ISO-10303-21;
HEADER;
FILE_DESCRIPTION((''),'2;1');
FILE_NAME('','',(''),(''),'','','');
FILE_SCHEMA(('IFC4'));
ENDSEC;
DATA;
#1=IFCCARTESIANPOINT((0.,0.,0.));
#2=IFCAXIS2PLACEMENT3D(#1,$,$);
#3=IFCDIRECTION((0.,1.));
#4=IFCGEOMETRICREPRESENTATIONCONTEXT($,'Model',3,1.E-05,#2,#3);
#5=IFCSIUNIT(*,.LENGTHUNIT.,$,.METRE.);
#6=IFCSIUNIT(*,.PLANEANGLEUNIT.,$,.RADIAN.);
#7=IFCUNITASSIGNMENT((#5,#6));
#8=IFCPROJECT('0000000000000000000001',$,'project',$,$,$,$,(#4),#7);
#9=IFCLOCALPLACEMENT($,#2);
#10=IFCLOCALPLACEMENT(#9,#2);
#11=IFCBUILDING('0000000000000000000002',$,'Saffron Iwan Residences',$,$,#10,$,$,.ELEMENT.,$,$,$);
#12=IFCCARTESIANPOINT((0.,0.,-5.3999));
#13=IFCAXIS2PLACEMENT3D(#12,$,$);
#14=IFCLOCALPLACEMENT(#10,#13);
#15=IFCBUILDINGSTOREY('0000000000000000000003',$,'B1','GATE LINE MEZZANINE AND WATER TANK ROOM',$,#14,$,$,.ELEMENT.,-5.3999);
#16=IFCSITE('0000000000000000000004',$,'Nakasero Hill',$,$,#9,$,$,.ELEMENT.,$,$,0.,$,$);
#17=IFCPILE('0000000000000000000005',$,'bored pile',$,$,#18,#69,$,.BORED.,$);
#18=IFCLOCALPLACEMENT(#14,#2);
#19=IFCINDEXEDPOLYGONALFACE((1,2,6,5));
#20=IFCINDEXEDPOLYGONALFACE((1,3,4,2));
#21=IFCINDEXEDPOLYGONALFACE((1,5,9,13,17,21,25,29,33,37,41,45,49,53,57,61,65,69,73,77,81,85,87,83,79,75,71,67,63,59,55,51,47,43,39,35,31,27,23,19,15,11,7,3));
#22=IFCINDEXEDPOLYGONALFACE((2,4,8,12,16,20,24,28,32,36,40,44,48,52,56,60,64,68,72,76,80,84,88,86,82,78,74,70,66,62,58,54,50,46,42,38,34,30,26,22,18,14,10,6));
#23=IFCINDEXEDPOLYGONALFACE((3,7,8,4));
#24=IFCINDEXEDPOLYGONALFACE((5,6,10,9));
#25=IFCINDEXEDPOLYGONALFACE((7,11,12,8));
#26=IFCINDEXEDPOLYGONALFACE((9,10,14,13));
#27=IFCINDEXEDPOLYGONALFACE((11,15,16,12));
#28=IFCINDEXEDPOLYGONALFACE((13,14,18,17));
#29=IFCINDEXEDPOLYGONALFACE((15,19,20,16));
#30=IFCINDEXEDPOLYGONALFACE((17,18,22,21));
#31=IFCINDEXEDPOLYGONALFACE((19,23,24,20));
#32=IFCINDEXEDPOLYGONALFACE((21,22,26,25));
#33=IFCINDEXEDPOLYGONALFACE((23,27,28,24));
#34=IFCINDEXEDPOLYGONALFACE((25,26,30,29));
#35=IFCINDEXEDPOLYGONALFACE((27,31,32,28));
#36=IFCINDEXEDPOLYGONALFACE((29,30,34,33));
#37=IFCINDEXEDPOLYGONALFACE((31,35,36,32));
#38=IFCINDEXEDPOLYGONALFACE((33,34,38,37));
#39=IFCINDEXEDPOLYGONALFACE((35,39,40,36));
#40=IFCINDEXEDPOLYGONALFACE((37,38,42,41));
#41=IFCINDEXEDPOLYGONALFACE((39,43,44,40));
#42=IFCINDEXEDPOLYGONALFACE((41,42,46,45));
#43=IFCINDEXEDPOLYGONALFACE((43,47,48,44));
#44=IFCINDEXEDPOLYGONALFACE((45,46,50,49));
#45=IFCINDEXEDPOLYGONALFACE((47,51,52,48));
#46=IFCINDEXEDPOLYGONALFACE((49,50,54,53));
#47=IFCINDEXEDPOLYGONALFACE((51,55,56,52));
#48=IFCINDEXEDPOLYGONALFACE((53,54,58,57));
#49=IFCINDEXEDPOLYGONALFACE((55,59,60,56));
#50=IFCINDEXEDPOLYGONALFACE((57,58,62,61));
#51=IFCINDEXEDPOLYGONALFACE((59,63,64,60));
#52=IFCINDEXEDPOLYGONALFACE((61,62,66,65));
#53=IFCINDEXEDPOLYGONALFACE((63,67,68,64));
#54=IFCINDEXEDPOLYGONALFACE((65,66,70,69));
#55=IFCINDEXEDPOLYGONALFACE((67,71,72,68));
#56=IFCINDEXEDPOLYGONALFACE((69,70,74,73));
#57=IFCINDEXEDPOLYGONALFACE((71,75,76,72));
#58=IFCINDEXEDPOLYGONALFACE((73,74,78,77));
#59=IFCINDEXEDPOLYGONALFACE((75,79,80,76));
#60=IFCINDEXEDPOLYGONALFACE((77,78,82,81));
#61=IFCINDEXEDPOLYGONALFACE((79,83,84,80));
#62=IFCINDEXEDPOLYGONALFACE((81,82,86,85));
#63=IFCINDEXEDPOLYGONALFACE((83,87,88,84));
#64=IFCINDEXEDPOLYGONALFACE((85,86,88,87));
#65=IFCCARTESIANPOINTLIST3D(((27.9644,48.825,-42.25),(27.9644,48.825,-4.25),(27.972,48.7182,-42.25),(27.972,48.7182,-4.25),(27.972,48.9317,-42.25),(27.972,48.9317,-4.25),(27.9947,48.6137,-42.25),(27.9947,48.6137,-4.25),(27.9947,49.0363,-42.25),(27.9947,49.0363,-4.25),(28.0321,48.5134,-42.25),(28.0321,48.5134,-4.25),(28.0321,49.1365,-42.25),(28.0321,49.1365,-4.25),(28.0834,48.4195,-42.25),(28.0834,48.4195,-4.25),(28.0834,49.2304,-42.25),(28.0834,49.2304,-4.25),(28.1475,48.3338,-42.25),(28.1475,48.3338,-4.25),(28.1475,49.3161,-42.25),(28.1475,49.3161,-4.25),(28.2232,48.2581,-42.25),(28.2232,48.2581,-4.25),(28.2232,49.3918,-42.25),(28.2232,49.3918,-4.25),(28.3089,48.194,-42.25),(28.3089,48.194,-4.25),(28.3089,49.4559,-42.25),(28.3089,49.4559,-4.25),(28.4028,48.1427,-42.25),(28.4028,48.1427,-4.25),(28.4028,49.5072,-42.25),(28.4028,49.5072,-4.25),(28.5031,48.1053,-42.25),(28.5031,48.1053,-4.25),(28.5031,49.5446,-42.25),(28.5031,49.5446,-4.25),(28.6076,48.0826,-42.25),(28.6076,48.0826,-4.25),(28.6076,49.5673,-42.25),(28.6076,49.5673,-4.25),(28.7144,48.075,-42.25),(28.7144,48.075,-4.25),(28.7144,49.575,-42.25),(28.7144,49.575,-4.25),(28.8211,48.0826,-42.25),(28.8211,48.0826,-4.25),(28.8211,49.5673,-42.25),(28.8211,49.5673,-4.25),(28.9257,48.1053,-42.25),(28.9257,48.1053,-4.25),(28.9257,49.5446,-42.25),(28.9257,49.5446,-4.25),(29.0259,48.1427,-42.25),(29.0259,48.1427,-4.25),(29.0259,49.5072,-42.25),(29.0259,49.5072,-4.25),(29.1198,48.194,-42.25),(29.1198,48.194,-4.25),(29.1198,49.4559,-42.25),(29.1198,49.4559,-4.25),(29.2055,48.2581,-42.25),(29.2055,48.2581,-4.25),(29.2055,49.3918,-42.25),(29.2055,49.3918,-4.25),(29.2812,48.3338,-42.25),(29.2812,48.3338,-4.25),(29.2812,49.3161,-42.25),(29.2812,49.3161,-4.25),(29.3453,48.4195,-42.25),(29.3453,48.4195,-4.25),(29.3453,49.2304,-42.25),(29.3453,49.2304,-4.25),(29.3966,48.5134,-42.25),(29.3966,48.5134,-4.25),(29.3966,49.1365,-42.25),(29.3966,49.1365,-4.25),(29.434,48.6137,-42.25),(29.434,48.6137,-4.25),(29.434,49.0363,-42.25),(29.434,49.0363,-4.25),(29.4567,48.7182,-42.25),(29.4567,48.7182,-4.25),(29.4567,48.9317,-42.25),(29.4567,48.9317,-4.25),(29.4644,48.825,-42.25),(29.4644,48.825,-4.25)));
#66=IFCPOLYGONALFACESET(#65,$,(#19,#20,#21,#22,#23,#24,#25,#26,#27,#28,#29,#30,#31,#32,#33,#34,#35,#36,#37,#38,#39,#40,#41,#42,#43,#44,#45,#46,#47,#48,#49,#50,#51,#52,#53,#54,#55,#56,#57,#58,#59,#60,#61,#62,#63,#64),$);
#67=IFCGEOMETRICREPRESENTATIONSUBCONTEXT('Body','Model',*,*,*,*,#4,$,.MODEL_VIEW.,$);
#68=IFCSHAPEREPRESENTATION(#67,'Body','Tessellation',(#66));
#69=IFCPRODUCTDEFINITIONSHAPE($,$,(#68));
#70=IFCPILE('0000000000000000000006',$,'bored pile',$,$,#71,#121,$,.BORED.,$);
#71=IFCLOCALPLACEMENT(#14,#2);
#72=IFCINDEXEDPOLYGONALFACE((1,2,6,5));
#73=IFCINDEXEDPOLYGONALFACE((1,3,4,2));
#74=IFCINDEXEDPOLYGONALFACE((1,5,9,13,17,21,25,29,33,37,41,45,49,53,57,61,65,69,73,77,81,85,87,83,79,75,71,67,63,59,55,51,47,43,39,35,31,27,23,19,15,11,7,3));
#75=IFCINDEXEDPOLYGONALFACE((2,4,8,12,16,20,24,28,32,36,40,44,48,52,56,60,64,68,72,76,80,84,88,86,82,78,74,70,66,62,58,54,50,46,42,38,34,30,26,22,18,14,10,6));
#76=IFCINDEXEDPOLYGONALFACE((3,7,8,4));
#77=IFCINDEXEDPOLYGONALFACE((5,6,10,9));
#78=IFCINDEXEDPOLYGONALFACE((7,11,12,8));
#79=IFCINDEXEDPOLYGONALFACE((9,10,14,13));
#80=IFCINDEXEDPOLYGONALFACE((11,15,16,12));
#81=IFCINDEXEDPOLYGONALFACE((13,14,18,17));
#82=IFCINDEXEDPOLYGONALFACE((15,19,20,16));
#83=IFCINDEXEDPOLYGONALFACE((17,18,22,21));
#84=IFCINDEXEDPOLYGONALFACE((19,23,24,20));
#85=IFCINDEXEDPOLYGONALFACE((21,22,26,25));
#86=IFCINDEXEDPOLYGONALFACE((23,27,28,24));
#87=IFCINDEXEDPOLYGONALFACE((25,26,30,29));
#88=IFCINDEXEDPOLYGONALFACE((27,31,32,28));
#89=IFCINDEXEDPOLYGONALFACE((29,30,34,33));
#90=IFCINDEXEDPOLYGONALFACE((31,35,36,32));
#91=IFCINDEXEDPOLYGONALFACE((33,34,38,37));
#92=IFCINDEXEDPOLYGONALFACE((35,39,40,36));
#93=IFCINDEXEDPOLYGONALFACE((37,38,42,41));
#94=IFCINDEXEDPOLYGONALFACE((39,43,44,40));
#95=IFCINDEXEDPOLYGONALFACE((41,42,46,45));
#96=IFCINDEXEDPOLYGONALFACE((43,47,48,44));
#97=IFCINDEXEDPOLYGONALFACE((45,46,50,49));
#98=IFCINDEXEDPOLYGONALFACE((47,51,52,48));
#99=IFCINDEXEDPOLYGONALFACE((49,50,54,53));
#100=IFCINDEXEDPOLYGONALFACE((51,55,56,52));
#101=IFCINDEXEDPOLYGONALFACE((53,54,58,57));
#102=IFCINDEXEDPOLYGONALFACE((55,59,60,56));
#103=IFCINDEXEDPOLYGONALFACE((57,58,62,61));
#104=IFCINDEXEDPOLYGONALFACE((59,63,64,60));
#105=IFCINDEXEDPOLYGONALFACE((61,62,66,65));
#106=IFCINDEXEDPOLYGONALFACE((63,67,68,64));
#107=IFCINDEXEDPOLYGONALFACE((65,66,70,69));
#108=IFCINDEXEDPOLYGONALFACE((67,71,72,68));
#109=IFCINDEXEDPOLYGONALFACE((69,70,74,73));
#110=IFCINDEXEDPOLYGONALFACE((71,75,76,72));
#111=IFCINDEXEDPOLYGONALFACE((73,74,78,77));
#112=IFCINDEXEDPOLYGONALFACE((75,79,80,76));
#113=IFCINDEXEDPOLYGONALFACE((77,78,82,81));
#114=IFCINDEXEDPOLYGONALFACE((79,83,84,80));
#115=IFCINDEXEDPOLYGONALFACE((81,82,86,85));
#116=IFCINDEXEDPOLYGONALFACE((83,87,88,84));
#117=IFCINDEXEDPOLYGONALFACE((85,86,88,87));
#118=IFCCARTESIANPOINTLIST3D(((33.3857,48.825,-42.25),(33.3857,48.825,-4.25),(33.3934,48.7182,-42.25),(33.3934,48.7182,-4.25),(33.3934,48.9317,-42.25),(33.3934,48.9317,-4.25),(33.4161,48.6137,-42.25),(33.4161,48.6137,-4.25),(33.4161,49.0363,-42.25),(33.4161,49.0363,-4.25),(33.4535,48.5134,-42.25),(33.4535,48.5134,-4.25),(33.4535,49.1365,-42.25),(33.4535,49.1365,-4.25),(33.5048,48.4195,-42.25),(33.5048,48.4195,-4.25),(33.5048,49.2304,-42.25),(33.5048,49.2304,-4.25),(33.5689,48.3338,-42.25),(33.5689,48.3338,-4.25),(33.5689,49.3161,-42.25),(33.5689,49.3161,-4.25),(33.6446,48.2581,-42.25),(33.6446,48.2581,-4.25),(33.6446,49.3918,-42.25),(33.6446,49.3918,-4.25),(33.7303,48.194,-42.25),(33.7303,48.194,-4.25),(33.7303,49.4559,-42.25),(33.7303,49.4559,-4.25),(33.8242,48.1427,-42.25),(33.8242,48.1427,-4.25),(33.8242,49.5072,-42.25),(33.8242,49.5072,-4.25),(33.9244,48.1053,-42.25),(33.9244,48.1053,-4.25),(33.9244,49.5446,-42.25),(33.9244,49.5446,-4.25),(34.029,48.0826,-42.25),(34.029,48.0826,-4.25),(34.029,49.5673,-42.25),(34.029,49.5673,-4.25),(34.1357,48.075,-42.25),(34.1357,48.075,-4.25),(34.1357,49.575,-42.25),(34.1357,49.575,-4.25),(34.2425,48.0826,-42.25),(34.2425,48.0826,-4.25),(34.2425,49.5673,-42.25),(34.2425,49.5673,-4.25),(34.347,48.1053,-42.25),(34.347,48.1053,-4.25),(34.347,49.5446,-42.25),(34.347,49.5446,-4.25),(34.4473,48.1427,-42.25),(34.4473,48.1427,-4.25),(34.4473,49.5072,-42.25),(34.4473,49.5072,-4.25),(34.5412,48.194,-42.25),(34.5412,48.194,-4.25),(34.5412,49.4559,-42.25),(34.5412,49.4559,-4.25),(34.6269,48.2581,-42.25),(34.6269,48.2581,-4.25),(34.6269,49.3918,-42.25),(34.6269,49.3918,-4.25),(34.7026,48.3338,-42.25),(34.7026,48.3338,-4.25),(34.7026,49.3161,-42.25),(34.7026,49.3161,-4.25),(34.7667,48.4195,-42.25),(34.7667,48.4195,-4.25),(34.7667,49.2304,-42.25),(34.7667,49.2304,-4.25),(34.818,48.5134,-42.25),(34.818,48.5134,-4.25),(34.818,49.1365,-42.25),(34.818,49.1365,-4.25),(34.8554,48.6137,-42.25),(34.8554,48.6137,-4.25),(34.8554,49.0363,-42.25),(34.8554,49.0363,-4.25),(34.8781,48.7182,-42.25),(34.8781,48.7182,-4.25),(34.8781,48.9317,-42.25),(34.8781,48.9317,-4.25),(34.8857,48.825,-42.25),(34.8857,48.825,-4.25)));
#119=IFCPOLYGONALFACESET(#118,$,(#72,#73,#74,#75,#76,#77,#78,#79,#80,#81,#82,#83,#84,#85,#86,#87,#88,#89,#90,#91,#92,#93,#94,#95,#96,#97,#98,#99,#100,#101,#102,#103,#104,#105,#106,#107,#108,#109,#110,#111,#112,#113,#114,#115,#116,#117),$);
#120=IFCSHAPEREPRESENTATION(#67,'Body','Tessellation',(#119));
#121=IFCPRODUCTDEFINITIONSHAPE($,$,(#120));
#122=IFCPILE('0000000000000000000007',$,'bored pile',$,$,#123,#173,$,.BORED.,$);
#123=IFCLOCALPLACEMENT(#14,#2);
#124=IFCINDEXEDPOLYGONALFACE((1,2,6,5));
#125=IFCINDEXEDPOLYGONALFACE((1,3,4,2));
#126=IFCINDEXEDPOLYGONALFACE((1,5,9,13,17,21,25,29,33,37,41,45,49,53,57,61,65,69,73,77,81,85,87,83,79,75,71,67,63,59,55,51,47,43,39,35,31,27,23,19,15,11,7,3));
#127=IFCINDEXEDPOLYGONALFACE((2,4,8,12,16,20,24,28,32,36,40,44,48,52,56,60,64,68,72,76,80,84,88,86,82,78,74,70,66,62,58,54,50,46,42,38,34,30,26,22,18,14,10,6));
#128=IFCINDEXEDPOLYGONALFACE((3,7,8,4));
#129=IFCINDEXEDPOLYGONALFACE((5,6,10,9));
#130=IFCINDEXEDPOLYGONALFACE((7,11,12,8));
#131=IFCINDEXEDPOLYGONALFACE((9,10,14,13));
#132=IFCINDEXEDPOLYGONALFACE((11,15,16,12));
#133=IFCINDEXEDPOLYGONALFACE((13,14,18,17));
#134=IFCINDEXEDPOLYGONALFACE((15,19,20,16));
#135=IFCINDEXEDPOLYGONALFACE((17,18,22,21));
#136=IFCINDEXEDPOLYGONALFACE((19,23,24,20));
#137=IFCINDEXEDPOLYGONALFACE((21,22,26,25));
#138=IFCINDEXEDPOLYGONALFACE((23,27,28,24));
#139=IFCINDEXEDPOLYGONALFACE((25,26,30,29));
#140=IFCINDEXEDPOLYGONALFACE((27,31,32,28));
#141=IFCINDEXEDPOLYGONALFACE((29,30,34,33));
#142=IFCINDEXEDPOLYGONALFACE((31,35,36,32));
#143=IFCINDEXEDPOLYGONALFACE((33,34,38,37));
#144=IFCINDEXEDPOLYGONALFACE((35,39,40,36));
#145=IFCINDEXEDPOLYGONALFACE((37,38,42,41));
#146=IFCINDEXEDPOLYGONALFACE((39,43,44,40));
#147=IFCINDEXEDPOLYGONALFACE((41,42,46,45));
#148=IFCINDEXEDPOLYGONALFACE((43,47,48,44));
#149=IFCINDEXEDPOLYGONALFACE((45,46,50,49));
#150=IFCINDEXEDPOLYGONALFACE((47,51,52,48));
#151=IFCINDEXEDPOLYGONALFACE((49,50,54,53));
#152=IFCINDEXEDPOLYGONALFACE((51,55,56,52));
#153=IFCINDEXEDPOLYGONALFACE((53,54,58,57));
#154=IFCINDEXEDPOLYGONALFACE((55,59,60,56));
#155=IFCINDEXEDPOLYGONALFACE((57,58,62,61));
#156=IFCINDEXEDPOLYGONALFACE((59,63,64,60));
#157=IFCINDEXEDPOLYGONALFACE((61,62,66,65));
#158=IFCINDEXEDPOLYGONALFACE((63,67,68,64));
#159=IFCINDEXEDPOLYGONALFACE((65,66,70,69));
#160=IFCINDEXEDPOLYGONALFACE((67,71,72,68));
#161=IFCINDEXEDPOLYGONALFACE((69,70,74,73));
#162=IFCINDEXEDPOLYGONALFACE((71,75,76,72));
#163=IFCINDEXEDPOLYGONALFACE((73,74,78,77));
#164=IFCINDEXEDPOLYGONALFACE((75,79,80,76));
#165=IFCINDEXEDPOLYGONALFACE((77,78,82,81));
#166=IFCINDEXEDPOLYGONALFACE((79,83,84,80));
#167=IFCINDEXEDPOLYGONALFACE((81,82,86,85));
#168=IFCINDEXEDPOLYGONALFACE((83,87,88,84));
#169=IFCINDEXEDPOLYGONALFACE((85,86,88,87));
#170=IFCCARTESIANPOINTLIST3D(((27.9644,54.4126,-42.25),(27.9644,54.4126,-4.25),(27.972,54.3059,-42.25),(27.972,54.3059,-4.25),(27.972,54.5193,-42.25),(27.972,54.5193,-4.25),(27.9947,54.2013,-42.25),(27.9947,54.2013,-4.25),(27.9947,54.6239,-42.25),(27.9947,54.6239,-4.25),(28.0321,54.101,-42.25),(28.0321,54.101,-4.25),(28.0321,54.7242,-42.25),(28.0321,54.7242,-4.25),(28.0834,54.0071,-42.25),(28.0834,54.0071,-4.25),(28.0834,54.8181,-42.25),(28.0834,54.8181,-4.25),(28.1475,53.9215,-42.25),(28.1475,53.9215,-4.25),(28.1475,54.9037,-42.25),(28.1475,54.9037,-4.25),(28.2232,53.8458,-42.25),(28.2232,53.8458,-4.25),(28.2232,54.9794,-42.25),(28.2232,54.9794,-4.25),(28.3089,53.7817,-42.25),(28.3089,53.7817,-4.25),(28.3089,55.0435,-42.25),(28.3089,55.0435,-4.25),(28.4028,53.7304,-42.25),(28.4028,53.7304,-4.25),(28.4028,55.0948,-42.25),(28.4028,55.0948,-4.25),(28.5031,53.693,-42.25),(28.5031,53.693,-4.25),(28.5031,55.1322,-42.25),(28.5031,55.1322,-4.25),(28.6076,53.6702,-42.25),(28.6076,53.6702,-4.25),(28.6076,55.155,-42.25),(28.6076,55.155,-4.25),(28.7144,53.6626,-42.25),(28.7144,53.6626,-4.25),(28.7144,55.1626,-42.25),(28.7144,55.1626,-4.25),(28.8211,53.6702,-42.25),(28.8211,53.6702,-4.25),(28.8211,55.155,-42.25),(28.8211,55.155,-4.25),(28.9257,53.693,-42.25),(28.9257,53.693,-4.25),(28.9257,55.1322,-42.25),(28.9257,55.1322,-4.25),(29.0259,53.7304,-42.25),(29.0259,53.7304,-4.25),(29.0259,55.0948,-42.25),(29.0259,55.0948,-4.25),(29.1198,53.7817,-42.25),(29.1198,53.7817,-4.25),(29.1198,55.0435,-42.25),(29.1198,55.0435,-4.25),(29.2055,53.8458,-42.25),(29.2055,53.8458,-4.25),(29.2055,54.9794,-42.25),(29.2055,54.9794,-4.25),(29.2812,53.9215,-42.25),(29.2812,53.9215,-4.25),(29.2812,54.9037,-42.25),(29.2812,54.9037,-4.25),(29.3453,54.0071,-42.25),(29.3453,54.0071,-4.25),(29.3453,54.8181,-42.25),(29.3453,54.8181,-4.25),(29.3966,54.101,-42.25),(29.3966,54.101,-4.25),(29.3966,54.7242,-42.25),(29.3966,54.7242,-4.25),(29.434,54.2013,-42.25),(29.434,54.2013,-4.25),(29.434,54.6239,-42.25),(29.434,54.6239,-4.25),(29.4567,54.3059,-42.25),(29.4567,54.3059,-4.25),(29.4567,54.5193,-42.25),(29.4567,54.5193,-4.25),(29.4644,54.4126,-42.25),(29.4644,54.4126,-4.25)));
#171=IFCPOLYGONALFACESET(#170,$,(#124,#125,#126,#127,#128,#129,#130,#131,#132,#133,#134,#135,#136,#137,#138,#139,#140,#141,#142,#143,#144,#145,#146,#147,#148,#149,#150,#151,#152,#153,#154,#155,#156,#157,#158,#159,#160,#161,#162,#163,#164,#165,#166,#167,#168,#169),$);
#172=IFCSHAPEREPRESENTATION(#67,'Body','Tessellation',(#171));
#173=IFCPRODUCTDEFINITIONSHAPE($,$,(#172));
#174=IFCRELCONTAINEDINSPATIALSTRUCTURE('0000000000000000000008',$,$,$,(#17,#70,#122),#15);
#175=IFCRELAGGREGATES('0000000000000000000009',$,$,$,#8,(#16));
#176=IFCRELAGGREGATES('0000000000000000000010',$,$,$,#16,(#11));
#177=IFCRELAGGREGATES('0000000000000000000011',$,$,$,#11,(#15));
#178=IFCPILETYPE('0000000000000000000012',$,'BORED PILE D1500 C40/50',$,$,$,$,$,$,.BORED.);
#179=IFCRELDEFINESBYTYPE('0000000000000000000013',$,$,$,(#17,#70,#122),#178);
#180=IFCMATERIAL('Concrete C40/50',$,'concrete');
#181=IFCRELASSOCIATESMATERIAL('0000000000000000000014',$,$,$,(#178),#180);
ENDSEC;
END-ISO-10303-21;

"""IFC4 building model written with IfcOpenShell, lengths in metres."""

from ifc_helpers import new_model, si_unit, direction, frame, origin, origin_2d, place, context, subcontext, project, spatial, circle, extrude, material, material_profile, profile_set, type_object, element, save


model = new_model("IFC4")

# Units and contexts
model_context = context("Model", 3, precision=1e-05, world=origin(), true_north=direction((0.0, 1.0)))
body_context = subcontext(model_context, "Body", "Model", "MODEL_VIEW")
ifc_project = project(units=[si_unit("LENGTHUNIT", "METRE"), si_unit("PLANEANGLEUNIT", "RADIAN")], contexts=[model_context])

# Site, building, storey
site_placement = place(None, origin())
site = spatial("IfcSite", under=ifc_project, at=site_placement, Name="Nakasero Hill", CompositionType="ELEMENT", RefElevation=0.0)
building_placement = place(site_placement, origin())
building = spatial("IfcBuilding", under=site, at=building_placement, Name="Saffron Iwan Residences", CompositionType="ELEMENT")
storey_placement = place(building_placement, frame((0.0, 0.0, -5.3999)))
storey = spatial("IfcBuildingStorey", under=building, at=storey_placement, Name="B1", Description="GATE LINE MEZZANINE AND WATER TANK ROOM", CompositionType="ELEMENT", Elevation=-5.3999)

# Piles
ifc_material_1 = material(Name="Concrete C40/50", Category="concrete")
ifc_material_profile = material_profile(ifc_material_1, circle(Radius=0.75, at=origin_2d()), Name="RC D1500")
ifc_profile_set = profile_set([ifc_material_profile], Name="Concrete C40/50")
pile_type = type_object("IfcPileType", Name="BORED PILE D1500 C40/50", PredefinedType="BORED", material=ifc_profile_set)
for number, where, z_axis, x_axis, name in (
    (1, (28.7144, 48.825, -4.25), (0.0, 0.0, -1.0), (1.0, 0.0, 0.0), "bored pile"),
    (2, (34.1357, 48.825, -4.25), (0.0, 0.0, -1.0), (1.0, 0.0, 0.0), "bored pile"),
    (3, (28.7144, 54.4126, -4.25), (0.0, 0.0, -1.0), (1.0, 0.0, 0.0), "bored pile"),
):
    element("IfcPile", number, at=place(storey_placement, frame(where, z_axis=z_axis, x_axis=x_axis)), inside=storey, type_object=pile_type, Name=name, PredefinedType="BORED", context=body_context, shape_type="SweptSolid", body=[
        extrude(circle(Radius=0.75, at=origin_2d()), origin(), (0.0, 0.0, 1.0), 38.0),
    ])

save(model, "model.ifc")
